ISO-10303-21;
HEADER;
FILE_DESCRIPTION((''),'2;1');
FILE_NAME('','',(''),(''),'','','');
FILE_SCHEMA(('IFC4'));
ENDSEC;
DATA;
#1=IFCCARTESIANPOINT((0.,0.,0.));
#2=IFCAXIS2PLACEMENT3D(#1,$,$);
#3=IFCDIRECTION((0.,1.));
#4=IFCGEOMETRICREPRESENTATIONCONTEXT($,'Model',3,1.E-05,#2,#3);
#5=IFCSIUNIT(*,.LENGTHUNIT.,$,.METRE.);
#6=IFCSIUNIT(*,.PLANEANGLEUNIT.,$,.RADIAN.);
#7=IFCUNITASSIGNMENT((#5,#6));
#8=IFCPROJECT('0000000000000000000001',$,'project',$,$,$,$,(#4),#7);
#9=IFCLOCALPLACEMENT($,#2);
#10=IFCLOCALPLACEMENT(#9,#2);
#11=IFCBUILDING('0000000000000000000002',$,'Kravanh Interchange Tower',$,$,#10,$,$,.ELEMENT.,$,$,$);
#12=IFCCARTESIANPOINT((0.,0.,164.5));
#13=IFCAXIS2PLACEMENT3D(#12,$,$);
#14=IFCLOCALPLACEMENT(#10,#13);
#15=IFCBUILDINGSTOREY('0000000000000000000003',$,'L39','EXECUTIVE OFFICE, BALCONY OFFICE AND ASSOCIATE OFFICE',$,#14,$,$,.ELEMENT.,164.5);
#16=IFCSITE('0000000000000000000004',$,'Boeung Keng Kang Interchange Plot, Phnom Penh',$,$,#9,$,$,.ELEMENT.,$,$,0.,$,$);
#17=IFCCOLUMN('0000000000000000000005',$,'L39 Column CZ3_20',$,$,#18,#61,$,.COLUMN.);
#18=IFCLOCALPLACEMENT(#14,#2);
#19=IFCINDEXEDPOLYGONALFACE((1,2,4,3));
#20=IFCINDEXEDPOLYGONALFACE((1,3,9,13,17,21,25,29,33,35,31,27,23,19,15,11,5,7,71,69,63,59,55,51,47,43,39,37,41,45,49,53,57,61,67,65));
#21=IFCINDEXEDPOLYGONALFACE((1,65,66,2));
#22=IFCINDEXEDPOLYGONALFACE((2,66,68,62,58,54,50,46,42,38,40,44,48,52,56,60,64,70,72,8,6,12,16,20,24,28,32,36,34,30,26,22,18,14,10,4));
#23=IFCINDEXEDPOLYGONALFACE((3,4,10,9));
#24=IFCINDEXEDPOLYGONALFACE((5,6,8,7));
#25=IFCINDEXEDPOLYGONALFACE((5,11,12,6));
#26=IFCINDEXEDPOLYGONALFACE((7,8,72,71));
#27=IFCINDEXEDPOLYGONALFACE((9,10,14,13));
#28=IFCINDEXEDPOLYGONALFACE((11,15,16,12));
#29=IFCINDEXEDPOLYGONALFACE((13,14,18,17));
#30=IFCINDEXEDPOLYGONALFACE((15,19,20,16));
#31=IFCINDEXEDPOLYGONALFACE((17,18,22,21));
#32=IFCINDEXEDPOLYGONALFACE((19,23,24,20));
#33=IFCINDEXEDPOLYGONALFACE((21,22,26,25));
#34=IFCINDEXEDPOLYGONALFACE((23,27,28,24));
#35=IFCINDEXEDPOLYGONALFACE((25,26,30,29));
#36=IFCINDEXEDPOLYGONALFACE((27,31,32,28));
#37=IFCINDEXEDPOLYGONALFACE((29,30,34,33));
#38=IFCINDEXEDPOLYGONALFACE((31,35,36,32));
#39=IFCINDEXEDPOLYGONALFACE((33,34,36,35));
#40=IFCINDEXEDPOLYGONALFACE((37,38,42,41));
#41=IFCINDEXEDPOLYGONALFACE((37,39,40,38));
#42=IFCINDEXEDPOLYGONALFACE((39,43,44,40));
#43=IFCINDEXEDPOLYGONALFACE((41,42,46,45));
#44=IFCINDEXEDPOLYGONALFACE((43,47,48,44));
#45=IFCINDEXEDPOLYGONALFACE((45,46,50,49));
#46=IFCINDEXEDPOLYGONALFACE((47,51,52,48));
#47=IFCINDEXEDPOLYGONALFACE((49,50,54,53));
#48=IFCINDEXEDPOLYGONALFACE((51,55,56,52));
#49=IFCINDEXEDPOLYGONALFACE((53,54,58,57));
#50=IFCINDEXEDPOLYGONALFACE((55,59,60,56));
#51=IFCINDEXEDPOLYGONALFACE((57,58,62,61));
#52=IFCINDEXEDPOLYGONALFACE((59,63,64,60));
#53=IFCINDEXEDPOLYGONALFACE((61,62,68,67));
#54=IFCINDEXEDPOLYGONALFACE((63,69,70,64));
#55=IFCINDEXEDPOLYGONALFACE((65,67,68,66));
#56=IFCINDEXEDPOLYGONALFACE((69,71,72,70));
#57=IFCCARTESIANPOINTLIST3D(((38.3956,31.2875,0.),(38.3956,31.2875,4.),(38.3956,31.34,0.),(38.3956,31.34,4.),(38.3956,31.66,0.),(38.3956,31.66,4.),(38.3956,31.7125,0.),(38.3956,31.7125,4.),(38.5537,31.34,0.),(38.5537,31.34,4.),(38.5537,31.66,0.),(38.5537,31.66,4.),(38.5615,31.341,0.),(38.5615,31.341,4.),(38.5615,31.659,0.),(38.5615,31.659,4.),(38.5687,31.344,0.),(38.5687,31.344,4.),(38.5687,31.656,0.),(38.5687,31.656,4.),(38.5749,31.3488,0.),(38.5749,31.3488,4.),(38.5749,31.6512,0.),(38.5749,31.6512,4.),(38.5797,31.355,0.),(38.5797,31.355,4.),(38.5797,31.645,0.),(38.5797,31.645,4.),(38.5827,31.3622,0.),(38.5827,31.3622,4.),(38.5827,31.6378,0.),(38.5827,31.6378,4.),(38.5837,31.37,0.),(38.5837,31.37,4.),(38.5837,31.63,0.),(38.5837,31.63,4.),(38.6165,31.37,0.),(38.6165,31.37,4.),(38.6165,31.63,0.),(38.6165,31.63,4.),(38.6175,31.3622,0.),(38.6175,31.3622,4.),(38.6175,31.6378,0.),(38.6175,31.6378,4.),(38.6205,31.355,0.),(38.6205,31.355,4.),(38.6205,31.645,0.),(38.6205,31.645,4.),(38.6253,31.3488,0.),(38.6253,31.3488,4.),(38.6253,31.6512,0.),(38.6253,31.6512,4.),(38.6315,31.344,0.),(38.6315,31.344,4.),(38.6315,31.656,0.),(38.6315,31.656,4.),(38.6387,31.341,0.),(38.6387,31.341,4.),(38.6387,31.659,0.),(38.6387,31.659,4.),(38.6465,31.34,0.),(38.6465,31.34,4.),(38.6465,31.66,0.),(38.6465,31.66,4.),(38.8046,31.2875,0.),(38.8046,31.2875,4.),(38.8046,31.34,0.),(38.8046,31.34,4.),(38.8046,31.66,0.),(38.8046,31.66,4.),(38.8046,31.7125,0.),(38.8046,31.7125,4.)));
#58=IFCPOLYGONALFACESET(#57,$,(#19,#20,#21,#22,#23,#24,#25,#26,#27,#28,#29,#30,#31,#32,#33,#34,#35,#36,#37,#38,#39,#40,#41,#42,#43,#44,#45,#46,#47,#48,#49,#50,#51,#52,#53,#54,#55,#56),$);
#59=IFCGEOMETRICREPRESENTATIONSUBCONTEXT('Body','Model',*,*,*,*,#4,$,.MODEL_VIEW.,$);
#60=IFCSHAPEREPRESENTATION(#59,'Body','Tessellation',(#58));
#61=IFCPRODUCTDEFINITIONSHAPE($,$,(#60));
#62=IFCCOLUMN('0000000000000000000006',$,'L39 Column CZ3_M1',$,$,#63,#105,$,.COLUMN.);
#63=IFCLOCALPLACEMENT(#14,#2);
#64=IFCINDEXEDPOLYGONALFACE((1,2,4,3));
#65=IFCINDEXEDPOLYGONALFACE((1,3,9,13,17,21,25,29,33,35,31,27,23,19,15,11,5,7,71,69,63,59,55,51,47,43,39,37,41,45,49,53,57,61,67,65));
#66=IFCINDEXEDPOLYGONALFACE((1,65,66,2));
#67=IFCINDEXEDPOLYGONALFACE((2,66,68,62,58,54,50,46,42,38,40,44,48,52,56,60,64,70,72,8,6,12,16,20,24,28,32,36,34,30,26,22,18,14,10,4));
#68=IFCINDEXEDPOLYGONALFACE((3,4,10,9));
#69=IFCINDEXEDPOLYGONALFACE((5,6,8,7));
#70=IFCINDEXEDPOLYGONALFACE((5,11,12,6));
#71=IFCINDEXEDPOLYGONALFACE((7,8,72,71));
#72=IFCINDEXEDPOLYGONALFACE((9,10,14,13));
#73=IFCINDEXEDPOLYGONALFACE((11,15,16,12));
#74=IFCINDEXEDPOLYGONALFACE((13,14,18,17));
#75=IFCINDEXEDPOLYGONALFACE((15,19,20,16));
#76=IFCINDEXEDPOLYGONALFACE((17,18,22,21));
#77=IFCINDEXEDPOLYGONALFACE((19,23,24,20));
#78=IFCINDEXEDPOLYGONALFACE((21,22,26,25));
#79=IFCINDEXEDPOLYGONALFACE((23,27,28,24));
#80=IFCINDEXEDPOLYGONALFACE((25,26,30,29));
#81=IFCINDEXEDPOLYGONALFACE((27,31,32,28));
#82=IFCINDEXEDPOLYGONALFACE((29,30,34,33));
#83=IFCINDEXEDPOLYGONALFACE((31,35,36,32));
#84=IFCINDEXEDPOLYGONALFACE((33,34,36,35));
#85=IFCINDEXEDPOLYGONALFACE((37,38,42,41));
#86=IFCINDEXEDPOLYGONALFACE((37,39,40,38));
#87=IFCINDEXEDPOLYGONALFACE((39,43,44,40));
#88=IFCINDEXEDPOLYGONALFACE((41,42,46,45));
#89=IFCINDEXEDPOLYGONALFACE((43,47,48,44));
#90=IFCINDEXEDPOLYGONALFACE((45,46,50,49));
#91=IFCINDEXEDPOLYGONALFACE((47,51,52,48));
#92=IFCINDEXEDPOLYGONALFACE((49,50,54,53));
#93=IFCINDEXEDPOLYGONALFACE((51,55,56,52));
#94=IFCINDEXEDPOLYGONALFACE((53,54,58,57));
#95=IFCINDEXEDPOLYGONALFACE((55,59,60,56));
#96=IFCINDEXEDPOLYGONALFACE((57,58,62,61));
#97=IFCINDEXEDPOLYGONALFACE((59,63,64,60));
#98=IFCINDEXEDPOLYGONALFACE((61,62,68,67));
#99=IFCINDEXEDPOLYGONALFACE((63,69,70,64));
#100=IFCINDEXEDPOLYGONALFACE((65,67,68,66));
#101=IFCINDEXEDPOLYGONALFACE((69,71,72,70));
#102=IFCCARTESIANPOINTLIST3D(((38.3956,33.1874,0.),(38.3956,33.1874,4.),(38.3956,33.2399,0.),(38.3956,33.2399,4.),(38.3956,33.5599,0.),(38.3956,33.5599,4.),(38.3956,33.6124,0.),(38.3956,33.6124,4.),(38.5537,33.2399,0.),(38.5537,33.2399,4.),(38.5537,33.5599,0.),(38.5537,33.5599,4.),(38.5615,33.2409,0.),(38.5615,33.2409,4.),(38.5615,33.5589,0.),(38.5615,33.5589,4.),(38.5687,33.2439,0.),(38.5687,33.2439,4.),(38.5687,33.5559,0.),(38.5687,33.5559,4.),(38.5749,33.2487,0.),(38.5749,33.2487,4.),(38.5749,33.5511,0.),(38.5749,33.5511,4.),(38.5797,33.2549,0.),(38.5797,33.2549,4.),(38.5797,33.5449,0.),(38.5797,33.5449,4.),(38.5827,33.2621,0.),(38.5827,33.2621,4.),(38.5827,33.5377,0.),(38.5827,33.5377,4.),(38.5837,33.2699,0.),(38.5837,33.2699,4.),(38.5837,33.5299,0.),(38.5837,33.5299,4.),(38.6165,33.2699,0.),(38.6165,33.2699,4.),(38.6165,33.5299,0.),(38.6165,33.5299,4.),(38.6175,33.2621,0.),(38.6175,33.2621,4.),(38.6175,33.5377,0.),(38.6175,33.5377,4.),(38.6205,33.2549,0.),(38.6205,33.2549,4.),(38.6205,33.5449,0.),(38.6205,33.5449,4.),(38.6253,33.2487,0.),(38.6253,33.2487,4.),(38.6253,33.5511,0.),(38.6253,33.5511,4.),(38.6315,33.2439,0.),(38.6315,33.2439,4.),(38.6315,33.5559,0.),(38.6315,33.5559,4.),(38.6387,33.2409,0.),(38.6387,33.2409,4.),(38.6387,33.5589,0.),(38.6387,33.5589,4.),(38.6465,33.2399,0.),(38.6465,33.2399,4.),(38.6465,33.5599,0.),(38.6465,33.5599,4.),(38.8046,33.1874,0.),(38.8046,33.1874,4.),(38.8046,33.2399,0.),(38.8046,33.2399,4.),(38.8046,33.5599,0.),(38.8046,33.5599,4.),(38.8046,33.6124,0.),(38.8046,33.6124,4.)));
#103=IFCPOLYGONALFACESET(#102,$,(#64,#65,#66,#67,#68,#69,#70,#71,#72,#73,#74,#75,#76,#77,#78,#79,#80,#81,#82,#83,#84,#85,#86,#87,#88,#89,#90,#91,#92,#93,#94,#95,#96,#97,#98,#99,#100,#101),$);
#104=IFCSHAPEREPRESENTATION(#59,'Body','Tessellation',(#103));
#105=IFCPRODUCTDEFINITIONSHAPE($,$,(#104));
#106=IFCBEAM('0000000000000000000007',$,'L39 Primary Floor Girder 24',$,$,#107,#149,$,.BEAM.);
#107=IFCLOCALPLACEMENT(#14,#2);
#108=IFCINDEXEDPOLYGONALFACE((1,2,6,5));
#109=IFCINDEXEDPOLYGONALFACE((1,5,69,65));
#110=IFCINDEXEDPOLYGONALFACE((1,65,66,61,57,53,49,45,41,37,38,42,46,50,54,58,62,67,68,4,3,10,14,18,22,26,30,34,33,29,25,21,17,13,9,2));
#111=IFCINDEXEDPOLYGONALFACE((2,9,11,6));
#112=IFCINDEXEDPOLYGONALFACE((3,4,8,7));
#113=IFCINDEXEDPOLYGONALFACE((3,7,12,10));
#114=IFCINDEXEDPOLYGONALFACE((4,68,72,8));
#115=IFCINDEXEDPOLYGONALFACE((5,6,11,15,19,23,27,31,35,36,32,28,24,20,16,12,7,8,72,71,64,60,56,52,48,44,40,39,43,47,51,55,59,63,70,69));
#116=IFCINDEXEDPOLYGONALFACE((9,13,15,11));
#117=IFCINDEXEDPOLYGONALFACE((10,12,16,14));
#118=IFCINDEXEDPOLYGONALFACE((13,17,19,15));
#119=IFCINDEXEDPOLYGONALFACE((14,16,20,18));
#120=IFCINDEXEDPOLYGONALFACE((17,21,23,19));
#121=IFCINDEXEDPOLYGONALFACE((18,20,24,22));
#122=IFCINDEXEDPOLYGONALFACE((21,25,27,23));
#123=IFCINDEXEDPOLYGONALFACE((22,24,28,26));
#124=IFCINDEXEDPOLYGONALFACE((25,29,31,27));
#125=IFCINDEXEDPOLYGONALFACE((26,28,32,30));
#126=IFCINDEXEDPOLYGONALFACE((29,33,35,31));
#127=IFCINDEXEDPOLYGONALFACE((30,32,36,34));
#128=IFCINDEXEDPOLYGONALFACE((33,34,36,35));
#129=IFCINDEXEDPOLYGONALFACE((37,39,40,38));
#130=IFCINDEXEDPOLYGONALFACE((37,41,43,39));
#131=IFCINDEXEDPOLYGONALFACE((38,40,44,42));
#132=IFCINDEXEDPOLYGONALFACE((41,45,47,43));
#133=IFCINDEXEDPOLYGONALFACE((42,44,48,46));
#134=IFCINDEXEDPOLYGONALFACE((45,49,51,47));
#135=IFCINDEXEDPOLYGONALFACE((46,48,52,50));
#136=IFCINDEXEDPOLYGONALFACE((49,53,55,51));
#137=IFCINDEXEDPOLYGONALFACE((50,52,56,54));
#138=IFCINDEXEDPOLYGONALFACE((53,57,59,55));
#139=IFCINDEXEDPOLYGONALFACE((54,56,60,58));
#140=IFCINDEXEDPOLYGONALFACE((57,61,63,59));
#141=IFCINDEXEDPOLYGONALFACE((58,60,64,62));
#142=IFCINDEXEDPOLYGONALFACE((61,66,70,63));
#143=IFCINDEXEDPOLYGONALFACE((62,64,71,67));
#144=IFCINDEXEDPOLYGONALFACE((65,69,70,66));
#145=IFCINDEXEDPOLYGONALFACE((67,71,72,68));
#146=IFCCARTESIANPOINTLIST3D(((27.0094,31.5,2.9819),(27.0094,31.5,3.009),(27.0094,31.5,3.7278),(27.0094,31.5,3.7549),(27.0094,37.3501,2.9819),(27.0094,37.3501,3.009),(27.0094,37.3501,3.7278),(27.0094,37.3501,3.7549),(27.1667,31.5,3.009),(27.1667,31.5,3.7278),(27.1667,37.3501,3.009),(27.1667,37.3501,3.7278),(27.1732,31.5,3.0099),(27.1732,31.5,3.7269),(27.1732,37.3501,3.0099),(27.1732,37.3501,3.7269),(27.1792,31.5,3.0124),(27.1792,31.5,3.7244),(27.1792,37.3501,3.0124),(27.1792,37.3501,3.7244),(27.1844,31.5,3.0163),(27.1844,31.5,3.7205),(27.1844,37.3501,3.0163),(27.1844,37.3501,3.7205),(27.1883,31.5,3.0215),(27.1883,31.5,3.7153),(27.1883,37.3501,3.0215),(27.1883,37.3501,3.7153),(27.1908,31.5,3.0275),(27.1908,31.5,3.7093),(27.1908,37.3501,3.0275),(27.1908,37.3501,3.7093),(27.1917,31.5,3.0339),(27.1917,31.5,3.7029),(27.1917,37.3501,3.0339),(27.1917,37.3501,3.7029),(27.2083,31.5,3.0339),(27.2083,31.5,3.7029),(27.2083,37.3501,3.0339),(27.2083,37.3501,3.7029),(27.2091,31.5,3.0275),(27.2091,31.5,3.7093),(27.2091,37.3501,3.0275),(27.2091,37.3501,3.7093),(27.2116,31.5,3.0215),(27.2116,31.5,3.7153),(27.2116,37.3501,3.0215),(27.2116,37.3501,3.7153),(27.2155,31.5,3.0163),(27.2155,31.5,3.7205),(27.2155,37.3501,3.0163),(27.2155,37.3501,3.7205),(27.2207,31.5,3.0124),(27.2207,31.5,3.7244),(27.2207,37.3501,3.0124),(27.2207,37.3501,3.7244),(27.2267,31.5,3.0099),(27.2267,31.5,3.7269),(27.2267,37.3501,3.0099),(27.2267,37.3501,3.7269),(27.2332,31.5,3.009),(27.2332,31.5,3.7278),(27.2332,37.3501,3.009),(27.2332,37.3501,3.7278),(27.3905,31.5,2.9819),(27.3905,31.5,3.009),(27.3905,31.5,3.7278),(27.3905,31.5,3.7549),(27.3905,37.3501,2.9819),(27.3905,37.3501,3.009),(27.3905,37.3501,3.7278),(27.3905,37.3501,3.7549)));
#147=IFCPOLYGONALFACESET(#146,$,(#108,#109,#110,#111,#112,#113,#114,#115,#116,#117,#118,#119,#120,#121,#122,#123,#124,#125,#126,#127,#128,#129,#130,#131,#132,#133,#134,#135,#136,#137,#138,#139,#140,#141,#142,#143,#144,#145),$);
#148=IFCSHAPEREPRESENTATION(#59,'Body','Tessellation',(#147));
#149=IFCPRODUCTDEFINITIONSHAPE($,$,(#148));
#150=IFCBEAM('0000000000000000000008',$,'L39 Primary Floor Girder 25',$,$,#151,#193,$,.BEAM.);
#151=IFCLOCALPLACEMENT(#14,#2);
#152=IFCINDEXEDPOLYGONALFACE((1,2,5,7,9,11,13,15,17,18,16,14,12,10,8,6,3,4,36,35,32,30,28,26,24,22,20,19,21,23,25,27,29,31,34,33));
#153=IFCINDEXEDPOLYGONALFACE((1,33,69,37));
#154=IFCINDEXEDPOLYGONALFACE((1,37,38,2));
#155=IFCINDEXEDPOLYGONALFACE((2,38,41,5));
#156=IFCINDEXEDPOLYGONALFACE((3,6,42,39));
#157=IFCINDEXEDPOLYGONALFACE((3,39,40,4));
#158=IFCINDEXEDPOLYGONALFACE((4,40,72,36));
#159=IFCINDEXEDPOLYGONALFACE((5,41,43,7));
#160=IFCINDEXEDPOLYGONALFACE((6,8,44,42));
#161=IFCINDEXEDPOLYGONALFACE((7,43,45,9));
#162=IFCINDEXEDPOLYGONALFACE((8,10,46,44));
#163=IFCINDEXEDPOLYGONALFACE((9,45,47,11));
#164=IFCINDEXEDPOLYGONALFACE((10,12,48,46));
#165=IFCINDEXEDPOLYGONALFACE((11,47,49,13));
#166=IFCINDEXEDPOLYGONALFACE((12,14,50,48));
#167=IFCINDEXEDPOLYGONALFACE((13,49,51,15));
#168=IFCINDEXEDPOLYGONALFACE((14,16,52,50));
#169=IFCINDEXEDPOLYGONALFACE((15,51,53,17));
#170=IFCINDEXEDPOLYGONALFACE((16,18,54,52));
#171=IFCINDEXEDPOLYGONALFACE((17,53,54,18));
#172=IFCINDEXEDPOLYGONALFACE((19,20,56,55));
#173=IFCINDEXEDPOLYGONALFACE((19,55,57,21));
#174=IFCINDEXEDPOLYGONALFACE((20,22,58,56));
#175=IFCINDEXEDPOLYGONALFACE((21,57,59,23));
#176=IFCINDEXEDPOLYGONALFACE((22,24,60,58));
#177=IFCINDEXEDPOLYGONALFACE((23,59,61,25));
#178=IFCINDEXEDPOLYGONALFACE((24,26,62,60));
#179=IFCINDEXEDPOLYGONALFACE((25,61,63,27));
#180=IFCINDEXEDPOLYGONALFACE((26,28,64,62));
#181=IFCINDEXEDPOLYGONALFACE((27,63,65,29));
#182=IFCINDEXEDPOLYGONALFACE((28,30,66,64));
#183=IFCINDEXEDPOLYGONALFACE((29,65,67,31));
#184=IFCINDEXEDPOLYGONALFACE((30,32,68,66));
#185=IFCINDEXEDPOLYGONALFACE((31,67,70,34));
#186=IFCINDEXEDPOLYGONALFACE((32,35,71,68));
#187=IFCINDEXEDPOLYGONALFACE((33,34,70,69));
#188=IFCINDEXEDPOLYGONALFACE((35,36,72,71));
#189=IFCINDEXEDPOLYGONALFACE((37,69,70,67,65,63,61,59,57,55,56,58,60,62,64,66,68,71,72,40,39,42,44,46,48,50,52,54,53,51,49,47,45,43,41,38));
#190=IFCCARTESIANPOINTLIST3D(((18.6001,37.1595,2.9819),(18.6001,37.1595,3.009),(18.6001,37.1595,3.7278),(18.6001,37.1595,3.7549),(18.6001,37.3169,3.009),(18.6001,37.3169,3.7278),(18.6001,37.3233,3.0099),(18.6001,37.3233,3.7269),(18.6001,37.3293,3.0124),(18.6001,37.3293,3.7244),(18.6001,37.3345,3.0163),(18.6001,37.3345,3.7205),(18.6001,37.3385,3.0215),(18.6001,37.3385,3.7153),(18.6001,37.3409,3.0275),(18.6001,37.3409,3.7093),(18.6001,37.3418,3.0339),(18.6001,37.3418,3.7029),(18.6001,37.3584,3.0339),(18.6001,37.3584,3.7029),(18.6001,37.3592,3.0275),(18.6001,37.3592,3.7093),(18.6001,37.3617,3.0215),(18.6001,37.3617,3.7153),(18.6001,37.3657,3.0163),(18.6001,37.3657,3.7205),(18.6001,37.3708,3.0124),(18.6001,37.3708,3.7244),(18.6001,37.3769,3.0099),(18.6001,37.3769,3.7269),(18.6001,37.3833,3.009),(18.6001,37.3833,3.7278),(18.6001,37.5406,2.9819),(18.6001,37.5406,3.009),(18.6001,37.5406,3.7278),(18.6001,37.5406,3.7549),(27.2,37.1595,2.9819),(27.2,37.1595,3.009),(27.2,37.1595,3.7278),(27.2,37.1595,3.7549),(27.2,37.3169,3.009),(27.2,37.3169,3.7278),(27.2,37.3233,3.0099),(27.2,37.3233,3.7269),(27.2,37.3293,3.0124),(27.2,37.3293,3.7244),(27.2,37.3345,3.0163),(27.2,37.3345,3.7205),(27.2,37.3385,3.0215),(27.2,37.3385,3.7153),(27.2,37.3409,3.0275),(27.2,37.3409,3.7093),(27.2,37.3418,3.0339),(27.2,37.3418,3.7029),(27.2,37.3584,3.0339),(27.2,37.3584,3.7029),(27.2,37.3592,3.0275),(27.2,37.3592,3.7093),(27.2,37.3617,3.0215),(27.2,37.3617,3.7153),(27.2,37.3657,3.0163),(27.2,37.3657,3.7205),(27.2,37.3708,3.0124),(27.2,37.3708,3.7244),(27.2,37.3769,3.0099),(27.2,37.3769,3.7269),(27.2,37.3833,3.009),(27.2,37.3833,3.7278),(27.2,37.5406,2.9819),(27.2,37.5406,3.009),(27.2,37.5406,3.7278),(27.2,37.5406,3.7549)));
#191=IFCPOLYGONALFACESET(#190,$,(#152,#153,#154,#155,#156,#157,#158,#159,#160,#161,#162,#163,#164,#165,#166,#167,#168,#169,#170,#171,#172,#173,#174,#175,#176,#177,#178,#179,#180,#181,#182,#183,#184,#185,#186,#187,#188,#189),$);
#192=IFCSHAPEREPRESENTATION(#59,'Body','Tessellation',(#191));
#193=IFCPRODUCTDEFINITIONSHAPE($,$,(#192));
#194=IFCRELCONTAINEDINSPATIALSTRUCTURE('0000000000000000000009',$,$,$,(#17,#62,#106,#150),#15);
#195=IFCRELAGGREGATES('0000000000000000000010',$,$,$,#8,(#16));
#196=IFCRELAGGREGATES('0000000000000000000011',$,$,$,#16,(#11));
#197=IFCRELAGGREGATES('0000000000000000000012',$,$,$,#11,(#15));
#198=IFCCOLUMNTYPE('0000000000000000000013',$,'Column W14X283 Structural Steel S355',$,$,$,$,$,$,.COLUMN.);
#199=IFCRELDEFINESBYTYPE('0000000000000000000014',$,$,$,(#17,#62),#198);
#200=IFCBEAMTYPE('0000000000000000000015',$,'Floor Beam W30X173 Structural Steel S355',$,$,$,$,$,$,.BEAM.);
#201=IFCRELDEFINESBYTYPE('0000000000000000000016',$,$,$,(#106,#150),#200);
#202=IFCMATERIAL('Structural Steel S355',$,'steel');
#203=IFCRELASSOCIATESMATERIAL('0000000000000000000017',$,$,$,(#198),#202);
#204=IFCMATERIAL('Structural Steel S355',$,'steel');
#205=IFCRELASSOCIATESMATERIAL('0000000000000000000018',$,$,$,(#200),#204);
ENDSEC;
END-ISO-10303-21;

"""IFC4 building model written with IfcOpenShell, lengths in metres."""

from ifc_helpers import new_model, si_unit, direction, frame, origin, origin_2d, place, context, subcontext, project, spatial, i_section, extrude, material, material_profile, profile_set, type_object, element, save


model = new_model("IFC4")

# Units and contexts
model_context = context("Model", 3, precision=1e-05, world=origin(), true_north=direction((0.0, 1.0)))
body_context = subcontext(model_context, "Body", "Model", "MODEL_VIEW")
ifc_project = project(units=[si_unit("LENGTHUNIT", "METRE"), si_unit("PLANEANGLEUNIT", "RADIAN")], contexts=[model_context])

# Site, building, storey
site_placement = place(None, origin())
site = spatial("IfcSite", under=ifc_project, at=site_placement, Name="Boeung Keng Kang Interchange Plot, Phnom Penh", CompositionType="ELEMENT", RefElevation=0.0)
building_placement = place(site_placement, origin())
building = spatial("IfcBuilding", under=site, at=building_placement, Name="Kravanh Interchange Tower", CompositionType="ELEMENT")
storey_placement = place(building_placement, frame((0.0, 0.0, 164.5)))
storey = spatial("IfcBuildingStorey", under=building, at=storey_placement, Name="L39", Description="EXECUTIVE OFFICE, BALCONY OFFICE AND ASSOCIATE OFFICE", CompositionType="ELEMENT", Elevation=164.5)

# Columns
ifc_material_1 = material(Name="Structural Steel S355", Category="steel")
ifc_material_profile_1 = material_profile(ifc_material_1, i_section(OverallWidth=0.4089, OverallDepth=0.425, WebThickness=0.0327, FlangeThickness=0.0525, FilletRadius=0.03, at=origin_2d()), Name="W14X283")
ifc_profile_set_1 = profile_set([ifc_material_profile_1], Name="Structural Steel S355")
column_type_1 = type_object("IfcColumnType", Name="Column W14X283 Structural Steel S355", PredefinedType="COLUMN", material=ifc_profile_set_1)
for number, where, z_axis, x_axis, name in (
    (1, (38.6001, 31.5, 0.0), (0.0, 0.0, 1.0), (1.0, 0.0, 0.0), "L39 Column CZ3_20"),
    (2, (38.6001, 33.3999, 0.0), (0.0, 0.0, 1.0), (1.0, 0.0, 0.0), "L39 Column CZ3_M1"),
):
    element("IfcColumn", number, at=place(storey_placement, frame(where, z_axis=z_axis, x_axis=x_axis)), inside=storey, type_object=column_type_1, Name=name, PredefinedType="COLUMN", context=body_context, shape_type="SweptSolid", body=[
        extrude(i_section(OverallWidth=0.4089, OverallDepth=0.425, WebThickness=0.0327, FlangeThickness=0.0525, FilletRadius=0.03, at=origin_2d()), origin(), (0.0, 0.0, 1.0), 4.0),
    ])

# Beams
ifc_material_2 = material(Name="Structural Steel S355", Category="steel")
ifc_material_profile_2 = material_profile(ifc_material_2, i_section(OverallWidth=0.3811, OverallDepth=0.7729, WebThickness=0.0166, FlangeThickness=0.0271, FilletRadius=0.0249, at=origin_2d()), Name="W30X173")
ifc_profile_set_2 = profile_set([ifc_material_profile_2], Name="Structural Steel S355")
beam_type_1 = type_object("IfcBeamType", Name="Floor Beam W30X173 Structural Steel S355", PredefinedType="BEAM", material=ifc_profile_set_2)
beam_1_placement = place(storey_placement, frame((27.2, 37.3501, 3.3684), z_axis=(0.0, -1.0, 0.0), x_axis=(1.0, 0.0, 0.0)))
element("IfcBeam", 3, at=beam_1_placement, inside=storey, type_object=beam_type_1, Name="L39 Primary Floor Girder 24", PredefinedType="BEAM", context=body_context, shape_type="SweptSolid", body=[
    extrude(i_section(OverallWidth=0.3811, OverallDepth=0.7729, WebThickness=0.0166, FlangeThickness=0.0271, FilletRadius=0.0249, at=origin_2d()), origin(), (0.0, 0.0, 1.0), 5.8501),
])
beam_2_placement = place(storey_placement, frame((27.2, 37.3501, 3.3684), z_axis=(-1.0, 0.0, 0.0), x_axis=(0.0, -1.0, 0.0)))
element("IfcBeam", 4, at=beam_2_placement, inside=storey, type_object=beam_type_1, Name="L39 Primary Floor Girder 25", PredefinedType="BEAM", context=body_context, shape_type="SweptSolid", body=[
    extrude(i_section(OverallWidth=0.3811, OverallDepth=0.7729, WebThickness=0.0166, FlangeThickness=0.0271, FilletRadius=0.0249, at=origin_2d()), origin(), (0.0, 0.0, 1.0), 8.5999),
])

save(model, "model.ifc")
